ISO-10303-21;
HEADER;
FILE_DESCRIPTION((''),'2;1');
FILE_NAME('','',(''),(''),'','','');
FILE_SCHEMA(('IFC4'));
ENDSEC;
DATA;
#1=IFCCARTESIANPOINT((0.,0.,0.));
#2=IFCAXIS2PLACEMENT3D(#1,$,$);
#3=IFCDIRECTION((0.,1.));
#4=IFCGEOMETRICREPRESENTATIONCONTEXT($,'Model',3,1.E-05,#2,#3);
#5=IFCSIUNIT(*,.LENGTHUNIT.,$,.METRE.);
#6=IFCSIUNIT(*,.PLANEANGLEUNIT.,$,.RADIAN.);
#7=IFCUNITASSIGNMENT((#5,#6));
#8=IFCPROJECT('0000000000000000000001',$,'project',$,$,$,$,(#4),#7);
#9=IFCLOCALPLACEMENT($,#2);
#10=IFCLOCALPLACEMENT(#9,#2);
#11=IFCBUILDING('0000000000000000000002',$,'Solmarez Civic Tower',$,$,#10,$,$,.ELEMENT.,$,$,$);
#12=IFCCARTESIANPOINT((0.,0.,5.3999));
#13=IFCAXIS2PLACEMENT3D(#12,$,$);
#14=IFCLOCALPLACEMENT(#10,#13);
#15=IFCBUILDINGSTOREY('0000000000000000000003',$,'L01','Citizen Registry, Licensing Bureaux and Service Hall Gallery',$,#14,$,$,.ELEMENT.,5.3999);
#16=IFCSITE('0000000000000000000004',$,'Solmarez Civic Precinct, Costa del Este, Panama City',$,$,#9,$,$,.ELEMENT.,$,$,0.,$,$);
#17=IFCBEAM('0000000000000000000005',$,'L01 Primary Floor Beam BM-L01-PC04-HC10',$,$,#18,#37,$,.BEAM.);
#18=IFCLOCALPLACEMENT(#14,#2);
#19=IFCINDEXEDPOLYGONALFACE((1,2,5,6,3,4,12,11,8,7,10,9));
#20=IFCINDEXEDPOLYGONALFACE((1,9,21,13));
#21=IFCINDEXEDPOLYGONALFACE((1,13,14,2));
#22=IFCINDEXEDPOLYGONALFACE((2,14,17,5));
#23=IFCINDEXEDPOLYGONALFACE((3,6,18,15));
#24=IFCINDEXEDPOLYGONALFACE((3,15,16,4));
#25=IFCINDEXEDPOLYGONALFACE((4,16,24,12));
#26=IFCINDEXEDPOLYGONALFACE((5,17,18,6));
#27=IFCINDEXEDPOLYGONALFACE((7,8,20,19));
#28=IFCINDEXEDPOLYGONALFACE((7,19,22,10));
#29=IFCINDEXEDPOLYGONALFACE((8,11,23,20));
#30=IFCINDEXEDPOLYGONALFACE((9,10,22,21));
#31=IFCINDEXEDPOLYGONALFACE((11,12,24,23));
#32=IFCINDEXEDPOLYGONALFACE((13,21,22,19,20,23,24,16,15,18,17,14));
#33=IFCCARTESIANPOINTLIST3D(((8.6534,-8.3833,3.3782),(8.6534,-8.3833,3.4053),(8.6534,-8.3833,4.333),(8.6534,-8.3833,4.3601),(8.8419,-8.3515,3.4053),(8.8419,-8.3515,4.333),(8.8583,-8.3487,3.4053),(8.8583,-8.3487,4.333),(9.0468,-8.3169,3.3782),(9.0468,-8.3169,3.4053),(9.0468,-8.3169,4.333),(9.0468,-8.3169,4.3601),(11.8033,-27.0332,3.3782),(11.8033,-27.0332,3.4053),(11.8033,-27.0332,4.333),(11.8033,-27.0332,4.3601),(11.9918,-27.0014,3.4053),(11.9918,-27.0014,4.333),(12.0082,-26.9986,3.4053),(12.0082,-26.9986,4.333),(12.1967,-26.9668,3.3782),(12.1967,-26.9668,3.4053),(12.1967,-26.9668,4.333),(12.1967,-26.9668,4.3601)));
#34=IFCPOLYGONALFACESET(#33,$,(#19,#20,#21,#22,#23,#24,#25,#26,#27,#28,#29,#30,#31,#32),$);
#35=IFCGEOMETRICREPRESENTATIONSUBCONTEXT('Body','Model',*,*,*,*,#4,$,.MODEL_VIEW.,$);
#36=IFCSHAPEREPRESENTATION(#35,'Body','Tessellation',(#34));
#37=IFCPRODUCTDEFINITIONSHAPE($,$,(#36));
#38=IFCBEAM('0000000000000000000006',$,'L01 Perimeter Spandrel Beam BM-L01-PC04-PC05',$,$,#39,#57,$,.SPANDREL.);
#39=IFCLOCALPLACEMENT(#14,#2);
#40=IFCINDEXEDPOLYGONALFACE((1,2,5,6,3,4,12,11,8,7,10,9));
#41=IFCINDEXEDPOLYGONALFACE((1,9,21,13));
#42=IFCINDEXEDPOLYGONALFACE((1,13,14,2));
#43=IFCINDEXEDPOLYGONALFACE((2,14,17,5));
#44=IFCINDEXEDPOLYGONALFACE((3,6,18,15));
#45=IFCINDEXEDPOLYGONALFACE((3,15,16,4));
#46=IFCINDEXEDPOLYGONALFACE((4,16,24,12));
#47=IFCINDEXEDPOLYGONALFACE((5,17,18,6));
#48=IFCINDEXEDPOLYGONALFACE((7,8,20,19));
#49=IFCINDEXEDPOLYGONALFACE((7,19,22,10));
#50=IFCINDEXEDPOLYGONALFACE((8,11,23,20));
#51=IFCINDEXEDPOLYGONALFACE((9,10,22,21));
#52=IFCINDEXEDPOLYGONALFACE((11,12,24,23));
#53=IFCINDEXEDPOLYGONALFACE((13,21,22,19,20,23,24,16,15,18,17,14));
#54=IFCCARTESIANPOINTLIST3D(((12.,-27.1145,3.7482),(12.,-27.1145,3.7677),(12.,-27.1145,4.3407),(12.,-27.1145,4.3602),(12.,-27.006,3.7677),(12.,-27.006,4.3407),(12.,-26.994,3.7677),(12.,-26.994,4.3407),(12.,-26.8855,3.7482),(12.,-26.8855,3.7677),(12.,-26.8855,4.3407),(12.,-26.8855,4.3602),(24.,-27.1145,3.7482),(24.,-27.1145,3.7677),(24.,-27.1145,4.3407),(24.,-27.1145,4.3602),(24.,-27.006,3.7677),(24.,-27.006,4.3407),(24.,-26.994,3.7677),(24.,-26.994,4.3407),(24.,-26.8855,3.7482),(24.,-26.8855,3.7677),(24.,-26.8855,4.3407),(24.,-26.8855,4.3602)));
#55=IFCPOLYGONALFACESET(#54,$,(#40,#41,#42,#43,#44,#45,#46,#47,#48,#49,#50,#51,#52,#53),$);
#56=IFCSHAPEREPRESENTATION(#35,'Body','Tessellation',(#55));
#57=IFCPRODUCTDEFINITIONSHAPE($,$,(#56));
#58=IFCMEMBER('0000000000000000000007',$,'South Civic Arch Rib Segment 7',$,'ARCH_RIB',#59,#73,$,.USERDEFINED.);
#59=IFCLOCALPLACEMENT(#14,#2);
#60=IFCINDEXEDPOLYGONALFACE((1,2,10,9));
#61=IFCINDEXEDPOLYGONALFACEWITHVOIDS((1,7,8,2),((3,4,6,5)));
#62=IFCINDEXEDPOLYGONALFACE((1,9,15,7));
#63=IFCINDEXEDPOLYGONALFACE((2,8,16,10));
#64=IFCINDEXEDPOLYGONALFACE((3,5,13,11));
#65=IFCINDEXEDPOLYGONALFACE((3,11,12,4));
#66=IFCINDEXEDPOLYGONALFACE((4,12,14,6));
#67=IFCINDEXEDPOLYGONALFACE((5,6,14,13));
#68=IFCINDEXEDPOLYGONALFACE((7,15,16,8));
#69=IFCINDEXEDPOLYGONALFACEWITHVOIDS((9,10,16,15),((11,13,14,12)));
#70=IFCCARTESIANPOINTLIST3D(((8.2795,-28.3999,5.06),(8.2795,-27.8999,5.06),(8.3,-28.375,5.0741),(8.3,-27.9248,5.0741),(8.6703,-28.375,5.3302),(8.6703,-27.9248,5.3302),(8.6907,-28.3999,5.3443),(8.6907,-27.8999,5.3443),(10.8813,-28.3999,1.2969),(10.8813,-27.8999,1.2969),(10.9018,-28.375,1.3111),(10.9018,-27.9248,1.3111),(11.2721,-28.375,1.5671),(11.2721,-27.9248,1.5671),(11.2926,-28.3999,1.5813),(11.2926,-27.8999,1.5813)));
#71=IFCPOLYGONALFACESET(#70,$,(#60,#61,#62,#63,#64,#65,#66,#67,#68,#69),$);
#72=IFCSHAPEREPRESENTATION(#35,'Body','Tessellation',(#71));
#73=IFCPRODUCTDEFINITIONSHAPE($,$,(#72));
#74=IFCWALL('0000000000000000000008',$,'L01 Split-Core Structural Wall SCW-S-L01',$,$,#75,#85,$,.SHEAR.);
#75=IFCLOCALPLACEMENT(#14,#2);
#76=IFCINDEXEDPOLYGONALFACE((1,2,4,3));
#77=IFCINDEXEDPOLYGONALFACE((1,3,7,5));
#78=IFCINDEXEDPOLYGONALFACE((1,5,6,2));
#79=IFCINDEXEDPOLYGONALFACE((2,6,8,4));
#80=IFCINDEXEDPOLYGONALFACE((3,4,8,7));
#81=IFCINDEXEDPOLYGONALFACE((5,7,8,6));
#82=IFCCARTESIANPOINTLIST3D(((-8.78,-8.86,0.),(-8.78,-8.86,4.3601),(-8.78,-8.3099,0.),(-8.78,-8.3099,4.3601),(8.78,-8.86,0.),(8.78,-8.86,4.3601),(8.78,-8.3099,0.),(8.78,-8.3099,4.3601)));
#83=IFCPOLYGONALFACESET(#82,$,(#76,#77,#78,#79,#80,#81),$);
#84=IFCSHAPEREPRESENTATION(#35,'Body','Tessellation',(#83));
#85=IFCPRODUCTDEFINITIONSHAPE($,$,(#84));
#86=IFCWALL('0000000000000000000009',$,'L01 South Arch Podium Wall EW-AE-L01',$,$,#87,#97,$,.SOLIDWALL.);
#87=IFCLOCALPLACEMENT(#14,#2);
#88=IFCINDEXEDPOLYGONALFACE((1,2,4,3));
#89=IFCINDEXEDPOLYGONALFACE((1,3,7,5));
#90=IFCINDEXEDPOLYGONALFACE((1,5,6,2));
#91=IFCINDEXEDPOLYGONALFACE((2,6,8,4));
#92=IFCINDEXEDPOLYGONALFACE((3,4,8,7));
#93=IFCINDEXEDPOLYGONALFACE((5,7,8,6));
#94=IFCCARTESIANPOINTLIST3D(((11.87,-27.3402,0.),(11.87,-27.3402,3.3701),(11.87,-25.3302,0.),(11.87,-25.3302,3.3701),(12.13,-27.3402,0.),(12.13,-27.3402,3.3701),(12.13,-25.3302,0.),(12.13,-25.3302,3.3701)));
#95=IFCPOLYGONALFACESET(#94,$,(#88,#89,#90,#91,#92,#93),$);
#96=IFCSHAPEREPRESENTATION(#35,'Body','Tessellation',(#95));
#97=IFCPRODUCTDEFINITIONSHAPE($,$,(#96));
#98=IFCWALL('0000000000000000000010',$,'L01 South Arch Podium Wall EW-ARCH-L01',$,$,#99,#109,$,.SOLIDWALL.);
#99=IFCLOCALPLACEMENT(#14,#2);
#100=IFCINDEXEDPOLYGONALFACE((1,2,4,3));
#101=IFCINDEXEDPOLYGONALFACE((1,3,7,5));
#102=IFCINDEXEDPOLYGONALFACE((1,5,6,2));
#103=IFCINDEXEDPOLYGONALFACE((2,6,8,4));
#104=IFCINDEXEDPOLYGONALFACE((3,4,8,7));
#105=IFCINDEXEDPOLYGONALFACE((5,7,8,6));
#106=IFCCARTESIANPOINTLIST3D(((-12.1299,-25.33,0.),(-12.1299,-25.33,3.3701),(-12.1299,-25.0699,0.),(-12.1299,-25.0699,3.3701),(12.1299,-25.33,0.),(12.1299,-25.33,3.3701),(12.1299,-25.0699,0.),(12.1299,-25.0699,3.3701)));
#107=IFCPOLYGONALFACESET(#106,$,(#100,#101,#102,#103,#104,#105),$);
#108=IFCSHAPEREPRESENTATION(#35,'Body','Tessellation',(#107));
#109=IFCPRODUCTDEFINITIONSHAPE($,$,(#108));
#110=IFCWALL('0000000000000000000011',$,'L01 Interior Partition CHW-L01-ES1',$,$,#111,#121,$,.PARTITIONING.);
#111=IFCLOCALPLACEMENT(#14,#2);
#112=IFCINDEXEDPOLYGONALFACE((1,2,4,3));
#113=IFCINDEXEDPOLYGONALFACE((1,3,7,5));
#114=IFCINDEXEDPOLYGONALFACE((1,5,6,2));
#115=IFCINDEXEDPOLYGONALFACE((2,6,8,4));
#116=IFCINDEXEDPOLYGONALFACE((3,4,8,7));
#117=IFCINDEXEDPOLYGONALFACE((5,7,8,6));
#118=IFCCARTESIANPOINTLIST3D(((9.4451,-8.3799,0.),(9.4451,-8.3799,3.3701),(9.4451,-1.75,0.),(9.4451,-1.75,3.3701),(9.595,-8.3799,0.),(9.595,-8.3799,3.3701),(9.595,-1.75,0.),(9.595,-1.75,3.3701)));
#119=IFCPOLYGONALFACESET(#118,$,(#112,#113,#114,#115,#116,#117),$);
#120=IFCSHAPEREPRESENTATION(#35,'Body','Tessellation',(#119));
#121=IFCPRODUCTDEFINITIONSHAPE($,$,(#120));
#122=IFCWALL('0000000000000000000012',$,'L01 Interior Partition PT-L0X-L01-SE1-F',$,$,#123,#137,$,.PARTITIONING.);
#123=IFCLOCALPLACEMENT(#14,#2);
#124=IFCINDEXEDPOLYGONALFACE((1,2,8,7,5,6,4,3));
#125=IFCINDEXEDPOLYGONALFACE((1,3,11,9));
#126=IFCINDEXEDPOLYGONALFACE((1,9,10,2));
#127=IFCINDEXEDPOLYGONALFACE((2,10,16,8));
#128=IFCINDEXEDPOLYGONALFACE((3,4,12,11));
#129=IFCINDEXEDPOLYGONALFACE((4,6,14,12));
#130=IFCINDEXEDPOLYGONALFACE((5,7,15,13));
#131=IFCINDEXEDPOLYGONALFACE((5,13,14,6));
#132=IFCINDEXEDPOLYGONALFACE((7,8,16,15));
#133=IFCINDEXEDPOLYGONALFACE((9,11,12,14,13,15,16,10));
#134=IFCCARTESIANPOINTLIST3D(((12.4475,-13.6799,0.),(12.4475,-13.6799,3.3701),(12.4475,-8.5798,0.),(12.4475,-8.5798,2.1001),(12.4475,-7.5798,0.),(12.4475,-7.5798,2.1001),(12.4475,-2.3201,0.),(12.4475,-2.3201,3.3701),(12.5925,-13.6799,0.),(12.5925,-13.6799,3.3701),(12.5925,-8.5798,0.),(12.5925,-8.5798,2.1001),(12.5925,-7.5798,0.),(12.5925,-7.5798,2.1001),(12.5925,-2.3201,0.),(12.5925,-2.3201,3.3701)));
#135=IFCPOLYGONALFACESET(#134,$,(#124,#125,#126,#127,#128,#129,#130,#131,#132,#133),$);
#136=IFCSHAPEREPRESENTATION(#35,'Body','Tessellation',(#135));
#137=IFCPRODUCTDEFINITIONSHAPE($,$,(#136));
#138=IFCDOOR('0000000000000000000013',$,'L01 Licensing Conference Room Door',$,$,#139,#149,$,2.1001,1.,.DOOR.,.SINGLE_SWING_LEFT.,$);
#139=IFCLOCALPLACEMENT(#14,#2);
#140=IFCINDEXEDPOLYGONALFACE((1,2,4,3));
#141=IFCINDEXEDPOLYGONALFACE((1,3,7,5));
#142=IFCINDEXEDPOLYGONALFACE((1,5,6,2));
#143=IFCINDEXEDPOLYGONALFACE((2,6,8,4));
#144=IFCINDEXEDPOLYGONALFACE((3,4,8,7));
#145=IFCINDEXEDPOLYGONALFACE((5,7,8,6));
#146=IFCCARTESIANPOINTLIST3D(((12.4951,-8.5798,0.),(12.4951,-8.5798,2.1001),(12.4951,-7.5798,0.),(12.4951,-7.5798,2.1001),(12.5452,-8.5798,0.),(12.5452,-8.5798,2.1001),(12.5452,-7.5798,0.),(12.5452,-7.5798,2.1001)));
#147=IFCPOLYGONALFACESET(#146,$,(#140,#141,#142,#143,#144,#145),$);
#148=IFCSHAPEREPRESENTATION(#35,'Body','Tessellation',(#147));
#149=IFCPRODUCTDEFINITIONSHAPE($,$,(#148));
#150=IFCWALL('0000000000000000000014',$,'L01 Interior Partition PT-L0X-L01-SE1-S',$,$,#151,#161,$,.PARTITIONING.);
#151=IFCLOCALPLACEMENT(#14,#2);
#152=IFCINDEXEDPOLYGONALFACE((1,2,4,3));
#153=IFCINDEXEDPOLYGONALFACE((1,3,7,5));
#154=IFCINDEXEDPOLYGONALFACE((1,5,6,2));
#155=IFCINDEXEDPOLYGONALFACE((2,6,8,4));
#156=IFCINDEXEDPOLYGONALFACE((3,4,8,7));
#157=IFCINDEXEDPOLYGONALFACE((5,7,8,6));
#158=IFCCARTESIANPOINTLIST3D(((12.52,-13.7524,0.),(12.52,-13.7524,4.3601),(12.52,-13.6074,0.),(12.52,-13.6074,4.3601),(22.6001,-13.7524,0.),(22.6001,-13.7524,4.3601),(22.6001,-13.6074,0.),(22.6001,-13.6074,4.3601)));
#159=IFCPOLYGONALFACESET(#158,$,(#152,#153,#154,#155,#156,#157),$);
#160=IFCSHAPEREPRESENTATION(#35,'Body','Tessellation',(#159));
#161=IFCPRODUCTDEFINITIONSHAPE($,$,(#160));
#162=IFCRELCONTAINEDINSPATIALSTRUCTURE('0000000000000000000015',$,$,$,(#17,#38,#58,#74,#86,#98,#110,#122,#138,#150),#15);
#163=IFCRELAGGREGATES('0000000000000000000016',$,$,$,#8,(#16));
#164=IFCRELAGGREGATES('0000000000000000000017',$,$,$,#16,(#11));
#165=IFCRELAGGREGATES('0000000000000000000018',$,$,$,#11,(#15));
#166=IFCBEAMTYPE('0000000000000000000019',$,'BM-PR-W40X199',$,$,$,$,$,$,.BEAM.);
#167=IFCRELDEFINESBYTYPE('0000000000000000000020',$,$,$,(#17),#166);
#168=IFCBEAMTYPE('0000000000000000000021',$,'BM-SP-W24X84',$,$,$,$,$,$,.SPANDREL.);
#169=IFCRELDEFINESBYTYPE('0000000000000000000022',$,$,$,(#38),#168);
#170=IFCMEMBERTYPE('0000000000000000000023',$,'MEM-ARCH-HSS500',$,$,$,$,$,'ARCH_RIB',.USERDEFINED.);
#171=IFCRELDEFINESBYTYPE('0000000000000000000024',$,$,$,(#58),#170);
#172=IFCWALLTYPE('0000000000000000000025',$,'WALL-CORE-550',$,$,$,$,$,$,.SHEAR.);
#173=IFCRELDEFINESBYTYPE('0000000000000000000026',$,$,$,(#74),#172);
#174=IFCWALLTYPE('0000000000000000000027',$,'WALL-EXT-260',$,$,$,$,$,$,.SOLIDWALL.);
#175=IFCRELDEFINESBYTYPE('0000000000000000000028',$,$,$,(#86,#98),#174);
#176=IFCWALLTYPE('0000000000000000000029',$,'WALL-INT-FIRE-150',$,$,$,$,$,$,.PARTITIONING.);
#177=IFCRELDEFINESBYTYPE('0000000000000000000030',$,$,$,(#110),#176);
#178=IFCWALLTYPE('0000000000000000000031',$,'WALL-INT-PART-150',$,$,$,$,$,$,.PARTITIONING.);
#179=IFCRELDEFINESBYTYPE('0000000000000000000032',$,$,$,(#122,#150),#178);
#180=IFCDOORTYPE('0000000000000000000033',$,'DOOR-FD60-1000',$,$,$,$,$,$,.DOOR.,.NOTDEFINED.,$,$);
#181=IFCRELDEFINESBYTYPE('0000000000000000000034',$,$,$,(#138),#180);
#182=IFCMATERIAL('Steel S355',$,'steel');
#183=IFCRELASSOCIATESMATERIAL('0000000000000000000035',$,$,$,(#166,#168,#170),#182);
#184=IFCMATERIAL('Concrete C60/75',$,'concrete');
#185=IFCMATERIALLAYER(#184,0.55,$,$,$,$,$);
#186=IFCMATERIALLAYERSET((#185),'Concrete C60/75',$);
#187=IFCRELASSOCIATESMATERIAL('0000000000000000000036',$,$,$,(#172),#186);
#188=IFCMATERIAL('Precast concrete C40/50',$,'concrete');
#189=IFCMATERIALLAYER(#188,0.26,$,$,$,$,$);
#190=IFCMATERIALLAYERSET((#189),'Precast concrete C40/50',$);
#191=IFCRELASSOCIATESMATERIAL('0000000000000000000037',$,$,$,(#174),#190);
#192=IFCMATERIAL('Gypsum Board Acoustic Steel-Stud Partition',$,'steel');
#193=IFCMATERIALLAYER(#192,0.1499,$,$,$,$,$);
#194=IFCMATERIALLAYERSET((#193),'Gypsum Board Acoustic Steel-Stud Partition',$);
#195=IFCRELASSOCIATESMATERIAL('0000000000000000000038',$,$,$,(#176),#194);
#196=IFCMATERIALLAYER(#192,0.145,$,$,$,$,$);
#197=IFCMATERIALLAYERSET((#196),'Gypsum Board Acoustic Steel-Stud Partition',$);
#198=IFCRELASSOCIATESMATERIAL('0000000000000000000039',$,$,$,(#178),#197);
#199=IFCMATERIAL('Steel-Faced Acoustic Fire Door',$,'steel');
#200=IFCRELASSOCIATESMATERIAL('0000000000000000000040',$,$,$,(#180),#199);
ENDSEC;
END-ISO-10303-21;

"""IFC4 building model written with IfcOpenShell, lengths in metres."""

from ifc_helpers import new_model, si_unit, direction, frame, frame_2d, origin, origin_2d, place, context, subcontext, project, spatial, rectangle, hollow_rectangle, i_section, extrude, material, layer, layer_set, material_profile, profile_set, type_object, element, fill, save


model = new_model("IFC4")

# Units and contexts
model_context = context("Model", 3, precision=1e-05, world=origin(), true_north=direction((0.0, 1.0)))
body_context = subcontext(model_context, "Body", "Model", "MODEL_VIEW")
ifc_project = project(units=[si_unit("LENGTHUNIT", "METRE"), si_unit("PLANEANGLEUNIT", "RADIAN")], contexts=[model_context])

# Site, building, storey
site_placement = place(None, origin())
site = spatial("IfcSite", under=ifc_project, at=site_placement, Name="Solmarez Civic Precinct, Costa del Este, Panama City", CompositionType="ELEMENT", RefElevation=0.0)
building_placement = place(site_placement, origin())
building = spatial("IfcBuilding", under=site, at=building_placement, Name="Solmarez Civic Tower", CompositionType="ELEMENT")
storey_placement = place(building_placement, frame((0.0, 0.0, 5.3999)))
storey = spatial("IfcBuildingStorey", under=building, at=storey_placement, Name="L01", Description="Citizen Registry, Licensing Bureaux and Service Hall Gallery", CompositionType="ELEMENT", Elevation=5.3999)

# Shared definitions
ifc_material_1 = material(Name="Steel S355", Category="steel")
ifc_material_2 = material(Name="Concrete C60/75", Category="concrete")

# Beams
ifc_material_profile_1 = material_profile(ifc_material_1, i_section(OverallWidth=0.3989, OverallDepth=0.9819, WebThickness=0.0166, FlangeThickness=0.0271, at=origin_2d()), Name="W40X199")
ifc_profile_set_1 = profile_set([ifc_material_profile_1], Name="Steel S355")
beam_type_1 = type_object("IfcBeamType", Name="BM-PR-W40X199", PredefinedType="BEAM", material=ifc_profile_set_1)
beam_1_placement = place(storey_placement, frame((12.0, -27.0, 3.8691), z_axis=(-0.166538, 0.986035, 0.0), x_axis=(-0.986035, -0.166538, 0.0)))
element("IfcBeam", 1, at=beam_1_placement, inside=storey, type_object=beam_type_1, Name="L01 Primary Floor Beam BM-L01-PC04-HC10", PredefinedType="BEAM", context=body_context, shape_type="SweptSolid", body=[
    extrude(i_section(OverallWidth=0.3989, OverallDepth=0.9819, WebThickness=0.0166, FlangeThickness=0.0271, at=origin_2d()), origin(), (0.0, 0.0, 1.0), 18.9141),
])
ifc_material_profile_2 = material_profile(ifc_material_1, i_section(OverallWidth=0.229, OverallDepth=0.6121, WebThickness=0.012, FlangeThickness=0.0195, at=origin_2d()), Name="W24X84")
ifc_profile_set_2 = profile_set([ifc_material_profile_2], Name="Steel S355")
beam_type_2 = type_object("IfcBeamType", Name="BM-SP-W24X84", PredefinedType="SPANDREL", material=ifc_profile_set_2)
beam_2_placement = place(storey_placement, frame((12.0, -27.0, 4.0542), z_axis=(1.0, 0.0, 0.0), x_axis=(0.0, 1.0, 0.0)))
element("IfcBeam", 2, at=beam_2_placement, inside=storey, type_object=beam_type_2, Name="L01 Perimeter Spandrel Beam BM-L01-PC04-PC05", PredefinedType="SPANDREL", context=body_context, shape_type="SweptSolid", body=[
    extrude(i_section(OverallWidth=0.229, OverallDepth=0.6121, WebThickness=0.012, FlangeThickness=0.0195, at=origin_2d()), origin(), (0.0, 0.0, 1.0), 12.0),
])

# Member
ifc_material_profile_3 = material_profile(ifc_material_1, hollow_rectangle(XDim=0.5, YDim=0.5, WallThickness=0.0249, at=origin_2d()), Name="HSS500X500X25")
ifc_profile_set_3 = profile_set([ifc_material_profile_3], Name="Steel S355")
member_type = type_object("IfcMemberType", Name="MEM-ARCH-HSS500", ElementType="ARCH_RIB", PredefinedType="USERDEFINED", material=ifc_profile_set_3)
member_placement = place(storey_placement, frame((8.4851, -28.1499, 5.2021), z_axis=(0.568721, 0.0, -0.82253), x_axis=(0.0, 1.0, 0.0)))
element("IfcMember", 3, at=member_placement, inside=storey, type_object=member_type, Name="South Civic Arch Rib Segment 7", ObjectType="ARCH_RIB", PredefinedType="USERDEFINED", context=body_context, shape_type="SweptSolid", body=[
    extrude(hollow_rectangle(XDim=0.5, YDim=0.5, WallThickness=0.0249, at=origin_2d()), origin(), (0.0, 0.0, 1.0), 4.575),
])

# Walls
ifc_layer_1 = layer(ifc_material_2, 0.55)
ifc_layer_set_1 = layer_set([ifc_layer_1], Name="Concrete C60/75")
wall_type_1 = type_object("IfcWallType", Name="WALL-CORE-550", PredefinedType="SHEAR", material=ifc_layer_set_1)
wall_1_placement = place(storey_placement, frame((8.78, -8.585, 0.0), z_axis=(0.0, 0.0, 1.0), x_axis=(-1.0, 0.0, 0.0)))
element("IfcWall", 4, at=wall_1_placement, inside=storey, type_object=wall_type_1, Name="L01 Split-Core Structural Wall SCW-S-L01", PredefinedType="SHEAR", context=body_context, shape_type="SweptSolid", body=[
    extrude(rectangle(XDim=17.5601, YDim=0.55, at=frame_2d((8.78, 0.0))), origin(), (0.0, 0.0, 1.0), 4.3601),
])
ifc_material_3 = material(Name="Precast concrete C40/50", Category="concrete")
ifc_layer_2 = layer(ifc_material_3, 0.26)
ifc_layer_set_2 = layer_set([ifc_layer_2], Name="Precast concrete C40/50")
wall_type_2 = type_object("IfcWallType", Name="WALL-EXT-260", PredefinedType="SOLIDWALL", material=ifc_layer_set_2)
wall_2_placement = place(storey_placement, frame((12.0, -27.3401, 0.0), z_axis=(0.0, 0.0, 1.0), x_axis=(0.0, 1.0, 0.0)))
element("IfcWall", 5, at=wall_2_placement, inside=storey, type_object=wall_type_2, Name="L01 South Arch Podium Wall EW-AE-L01", PredefinedType="SOLIDWALL", context=body_context, shape_type="SweptSolid", body=[
    extrude(rectangle(XDim=2.01, YDim=0.26, at=frame_2d((1.0049, 0.0))), origin(), (0.0, 0.0, 1.0), 3.3701),
])
wall_3_placement = place(storey_placement, frame((12.1299, -25.2, 0.0), z_axis=(0.0, 0.0, 1.0), x_axis=(-1.0, 0.0, 0.0)))
element("IfcWall", 6, at=wall_3_placement, inside=storey, type_object=wall_type_2, Name="L01 South Arch Podium Wall EW-ARCH-L01", PredefinedType="SOLIDWALL", context=body_context, shape_type="SweptSolid", body=[
    extrude(rectangle(XDim=24.2598, YDim=0.26, at=frame_2d((12.1299, 0.0))), origin(), (0.0, 0.0, 1.0), 3.3701),
])
ifc_material_4 = material(Name="Gypsum Board Acoustic Steel-Stud Partition", Category="steel")
ifc_layer_3 = layer(ifc_material_4, 0.1499)
ifc_layer_set_3 = layer_set([ifc_layer_3], Name="Gypsum Board Acoustic Steel-Stud Partition")
wall_type_3 = type_object("IfcWallType", Name="WALL-INT-FIRE-150", PredefinedType="PARTITIONING", material=ifc_layer_set_3)
wall_4_placement = place(storey_placement, frame((9.52, -8.3799, 0.0), z_axis=(0.0, 0.0, 1.0), x_axis=(0.0, 1.0, 0.0)))
element("IfcWall", 7, at=wall_4_placement, inside=storey, type_object=wall_type_3, Name="L01 Interior Partition CHW-L01-ES1", PredefinedType="PARTITIONING", context=body_context, shape_type="SweptSolid", body=[
    extrude(rectangle(XDim=6.6299, YDim=0.1499, at=frame_2d((3.3149, 0.0))), origin(), (0.0, 0.0, 1.0), 3.3701),
])

# Wall, opening, door
ifc_layer_4 = layer(ifc_material_4, 0.145)
ifc_layer_set_4 = layer_set([ifc_layer_4], Name="Gypsum Board Acoustic Steel-Stud Partition")
wall_type_4 = type_object("IfcWallType", Name="WALL-INT-PART-150", PredefinedType="PARTITIONING", material=ifc_layer_set_4)
wall_5_placement = place(storey_placement, frame((12.52, -13.6799, 0.0), z_axis=(0.0, 0.0, 1.0), x_axis=(0.0, 1.0, 0.0)))
wall_5 = element("IfcWall", 8, at=wall_5_placement, inside=storey, type_object=wall_type_4, Name="L01 Interior Partition PT-L0X-L01-SE1-F", PredefinedType="PARTITIONING", context=body_context, shape_type="SweptSolid", body=[
    extrude(rectangle(XDim=11.3599, YDim=0.145, at=frame_2d((5.6799, 0.0))), origin(), (0.0, 0.0, 1.0), 3.3701),
])
opening_1_placement = place(wall_5_placement, frame((5.1001, 0.0, 0.0)))
opening_1 = element("IfcOpeningElement", 9, at=opening_1_placement, cuts=wall_5, PredefinedType="OPENING", context=body_context, shape_type="SweptSolid", body=[
    extrude(rectangle(XDim=1.0, YDim=2.1001, at=frame_2d((0.5, 1.05))), frame((0.0, 0.0825, 0.0), z_axis=(0.0, -1.0, 0.0), x_axis=(1.0, 0.0, 0.0)), (0.0, 0.0, 1.0), 0.165),
])
ifc_material_5 = material(Name="Steel-Faced Acoustic Fire Door", Category="steel")
door_type = type_object("IfcDoorType", Name="DOOR-FD60-1000", OperationType="NOTDEFINED", PredefinedType="DOOR", material=ifc_material_5)
door_1_placement = place(opening_1_placement, origin())
door_1 = element("IfcDoor", 10, at=door_1_placement, inside=storey, type_object=door_type, Name="L01 Licensing Conference Room Door", OperationType="SINGLE_SWING_LEFT", OverallHeight=2.1001, OverallWidth=1.0, PredefinedType="DOOR", context=body_context, shape_type="SweptSolid", body=[
    extrude(rectangle(XDim=1.0, YDim=2.1001, at=frame_2d((0.5, 1.05))), frame((0.0, 0.0249, 0.0), z_axis=(0.0, -1.0, 0.0), x_axis=(1.0, 0.0, 0.0)), (0.0, 0.0, 1.0), 0.05),
])
fill(opening_1, door_1)

# Wall
wall_6_placement = place(storey_placement, frame((12.52, -13.6799, 0.0), z_axis=(0.0, 0.0, 1.0), x_axis=(1.0, 0.0, 0.0)))
element("IfcWall", 11, at=wall_6_placement, inside=storey, type_object=wall_type_4, Name="L01 Interior Partition PT-L0X-L01-SE1-S", PredefinedType="PARTITIONING", context=body_context, shape_type="SweptSolid", body=[
    extrude(rectangle(XDim=10.0801, YDim=0.145, at=frame_2d((5.04, 0.0))), origin(), (0.0, 0.0, 1.0), 4.3601),
])

save(model, "model.ifc")
